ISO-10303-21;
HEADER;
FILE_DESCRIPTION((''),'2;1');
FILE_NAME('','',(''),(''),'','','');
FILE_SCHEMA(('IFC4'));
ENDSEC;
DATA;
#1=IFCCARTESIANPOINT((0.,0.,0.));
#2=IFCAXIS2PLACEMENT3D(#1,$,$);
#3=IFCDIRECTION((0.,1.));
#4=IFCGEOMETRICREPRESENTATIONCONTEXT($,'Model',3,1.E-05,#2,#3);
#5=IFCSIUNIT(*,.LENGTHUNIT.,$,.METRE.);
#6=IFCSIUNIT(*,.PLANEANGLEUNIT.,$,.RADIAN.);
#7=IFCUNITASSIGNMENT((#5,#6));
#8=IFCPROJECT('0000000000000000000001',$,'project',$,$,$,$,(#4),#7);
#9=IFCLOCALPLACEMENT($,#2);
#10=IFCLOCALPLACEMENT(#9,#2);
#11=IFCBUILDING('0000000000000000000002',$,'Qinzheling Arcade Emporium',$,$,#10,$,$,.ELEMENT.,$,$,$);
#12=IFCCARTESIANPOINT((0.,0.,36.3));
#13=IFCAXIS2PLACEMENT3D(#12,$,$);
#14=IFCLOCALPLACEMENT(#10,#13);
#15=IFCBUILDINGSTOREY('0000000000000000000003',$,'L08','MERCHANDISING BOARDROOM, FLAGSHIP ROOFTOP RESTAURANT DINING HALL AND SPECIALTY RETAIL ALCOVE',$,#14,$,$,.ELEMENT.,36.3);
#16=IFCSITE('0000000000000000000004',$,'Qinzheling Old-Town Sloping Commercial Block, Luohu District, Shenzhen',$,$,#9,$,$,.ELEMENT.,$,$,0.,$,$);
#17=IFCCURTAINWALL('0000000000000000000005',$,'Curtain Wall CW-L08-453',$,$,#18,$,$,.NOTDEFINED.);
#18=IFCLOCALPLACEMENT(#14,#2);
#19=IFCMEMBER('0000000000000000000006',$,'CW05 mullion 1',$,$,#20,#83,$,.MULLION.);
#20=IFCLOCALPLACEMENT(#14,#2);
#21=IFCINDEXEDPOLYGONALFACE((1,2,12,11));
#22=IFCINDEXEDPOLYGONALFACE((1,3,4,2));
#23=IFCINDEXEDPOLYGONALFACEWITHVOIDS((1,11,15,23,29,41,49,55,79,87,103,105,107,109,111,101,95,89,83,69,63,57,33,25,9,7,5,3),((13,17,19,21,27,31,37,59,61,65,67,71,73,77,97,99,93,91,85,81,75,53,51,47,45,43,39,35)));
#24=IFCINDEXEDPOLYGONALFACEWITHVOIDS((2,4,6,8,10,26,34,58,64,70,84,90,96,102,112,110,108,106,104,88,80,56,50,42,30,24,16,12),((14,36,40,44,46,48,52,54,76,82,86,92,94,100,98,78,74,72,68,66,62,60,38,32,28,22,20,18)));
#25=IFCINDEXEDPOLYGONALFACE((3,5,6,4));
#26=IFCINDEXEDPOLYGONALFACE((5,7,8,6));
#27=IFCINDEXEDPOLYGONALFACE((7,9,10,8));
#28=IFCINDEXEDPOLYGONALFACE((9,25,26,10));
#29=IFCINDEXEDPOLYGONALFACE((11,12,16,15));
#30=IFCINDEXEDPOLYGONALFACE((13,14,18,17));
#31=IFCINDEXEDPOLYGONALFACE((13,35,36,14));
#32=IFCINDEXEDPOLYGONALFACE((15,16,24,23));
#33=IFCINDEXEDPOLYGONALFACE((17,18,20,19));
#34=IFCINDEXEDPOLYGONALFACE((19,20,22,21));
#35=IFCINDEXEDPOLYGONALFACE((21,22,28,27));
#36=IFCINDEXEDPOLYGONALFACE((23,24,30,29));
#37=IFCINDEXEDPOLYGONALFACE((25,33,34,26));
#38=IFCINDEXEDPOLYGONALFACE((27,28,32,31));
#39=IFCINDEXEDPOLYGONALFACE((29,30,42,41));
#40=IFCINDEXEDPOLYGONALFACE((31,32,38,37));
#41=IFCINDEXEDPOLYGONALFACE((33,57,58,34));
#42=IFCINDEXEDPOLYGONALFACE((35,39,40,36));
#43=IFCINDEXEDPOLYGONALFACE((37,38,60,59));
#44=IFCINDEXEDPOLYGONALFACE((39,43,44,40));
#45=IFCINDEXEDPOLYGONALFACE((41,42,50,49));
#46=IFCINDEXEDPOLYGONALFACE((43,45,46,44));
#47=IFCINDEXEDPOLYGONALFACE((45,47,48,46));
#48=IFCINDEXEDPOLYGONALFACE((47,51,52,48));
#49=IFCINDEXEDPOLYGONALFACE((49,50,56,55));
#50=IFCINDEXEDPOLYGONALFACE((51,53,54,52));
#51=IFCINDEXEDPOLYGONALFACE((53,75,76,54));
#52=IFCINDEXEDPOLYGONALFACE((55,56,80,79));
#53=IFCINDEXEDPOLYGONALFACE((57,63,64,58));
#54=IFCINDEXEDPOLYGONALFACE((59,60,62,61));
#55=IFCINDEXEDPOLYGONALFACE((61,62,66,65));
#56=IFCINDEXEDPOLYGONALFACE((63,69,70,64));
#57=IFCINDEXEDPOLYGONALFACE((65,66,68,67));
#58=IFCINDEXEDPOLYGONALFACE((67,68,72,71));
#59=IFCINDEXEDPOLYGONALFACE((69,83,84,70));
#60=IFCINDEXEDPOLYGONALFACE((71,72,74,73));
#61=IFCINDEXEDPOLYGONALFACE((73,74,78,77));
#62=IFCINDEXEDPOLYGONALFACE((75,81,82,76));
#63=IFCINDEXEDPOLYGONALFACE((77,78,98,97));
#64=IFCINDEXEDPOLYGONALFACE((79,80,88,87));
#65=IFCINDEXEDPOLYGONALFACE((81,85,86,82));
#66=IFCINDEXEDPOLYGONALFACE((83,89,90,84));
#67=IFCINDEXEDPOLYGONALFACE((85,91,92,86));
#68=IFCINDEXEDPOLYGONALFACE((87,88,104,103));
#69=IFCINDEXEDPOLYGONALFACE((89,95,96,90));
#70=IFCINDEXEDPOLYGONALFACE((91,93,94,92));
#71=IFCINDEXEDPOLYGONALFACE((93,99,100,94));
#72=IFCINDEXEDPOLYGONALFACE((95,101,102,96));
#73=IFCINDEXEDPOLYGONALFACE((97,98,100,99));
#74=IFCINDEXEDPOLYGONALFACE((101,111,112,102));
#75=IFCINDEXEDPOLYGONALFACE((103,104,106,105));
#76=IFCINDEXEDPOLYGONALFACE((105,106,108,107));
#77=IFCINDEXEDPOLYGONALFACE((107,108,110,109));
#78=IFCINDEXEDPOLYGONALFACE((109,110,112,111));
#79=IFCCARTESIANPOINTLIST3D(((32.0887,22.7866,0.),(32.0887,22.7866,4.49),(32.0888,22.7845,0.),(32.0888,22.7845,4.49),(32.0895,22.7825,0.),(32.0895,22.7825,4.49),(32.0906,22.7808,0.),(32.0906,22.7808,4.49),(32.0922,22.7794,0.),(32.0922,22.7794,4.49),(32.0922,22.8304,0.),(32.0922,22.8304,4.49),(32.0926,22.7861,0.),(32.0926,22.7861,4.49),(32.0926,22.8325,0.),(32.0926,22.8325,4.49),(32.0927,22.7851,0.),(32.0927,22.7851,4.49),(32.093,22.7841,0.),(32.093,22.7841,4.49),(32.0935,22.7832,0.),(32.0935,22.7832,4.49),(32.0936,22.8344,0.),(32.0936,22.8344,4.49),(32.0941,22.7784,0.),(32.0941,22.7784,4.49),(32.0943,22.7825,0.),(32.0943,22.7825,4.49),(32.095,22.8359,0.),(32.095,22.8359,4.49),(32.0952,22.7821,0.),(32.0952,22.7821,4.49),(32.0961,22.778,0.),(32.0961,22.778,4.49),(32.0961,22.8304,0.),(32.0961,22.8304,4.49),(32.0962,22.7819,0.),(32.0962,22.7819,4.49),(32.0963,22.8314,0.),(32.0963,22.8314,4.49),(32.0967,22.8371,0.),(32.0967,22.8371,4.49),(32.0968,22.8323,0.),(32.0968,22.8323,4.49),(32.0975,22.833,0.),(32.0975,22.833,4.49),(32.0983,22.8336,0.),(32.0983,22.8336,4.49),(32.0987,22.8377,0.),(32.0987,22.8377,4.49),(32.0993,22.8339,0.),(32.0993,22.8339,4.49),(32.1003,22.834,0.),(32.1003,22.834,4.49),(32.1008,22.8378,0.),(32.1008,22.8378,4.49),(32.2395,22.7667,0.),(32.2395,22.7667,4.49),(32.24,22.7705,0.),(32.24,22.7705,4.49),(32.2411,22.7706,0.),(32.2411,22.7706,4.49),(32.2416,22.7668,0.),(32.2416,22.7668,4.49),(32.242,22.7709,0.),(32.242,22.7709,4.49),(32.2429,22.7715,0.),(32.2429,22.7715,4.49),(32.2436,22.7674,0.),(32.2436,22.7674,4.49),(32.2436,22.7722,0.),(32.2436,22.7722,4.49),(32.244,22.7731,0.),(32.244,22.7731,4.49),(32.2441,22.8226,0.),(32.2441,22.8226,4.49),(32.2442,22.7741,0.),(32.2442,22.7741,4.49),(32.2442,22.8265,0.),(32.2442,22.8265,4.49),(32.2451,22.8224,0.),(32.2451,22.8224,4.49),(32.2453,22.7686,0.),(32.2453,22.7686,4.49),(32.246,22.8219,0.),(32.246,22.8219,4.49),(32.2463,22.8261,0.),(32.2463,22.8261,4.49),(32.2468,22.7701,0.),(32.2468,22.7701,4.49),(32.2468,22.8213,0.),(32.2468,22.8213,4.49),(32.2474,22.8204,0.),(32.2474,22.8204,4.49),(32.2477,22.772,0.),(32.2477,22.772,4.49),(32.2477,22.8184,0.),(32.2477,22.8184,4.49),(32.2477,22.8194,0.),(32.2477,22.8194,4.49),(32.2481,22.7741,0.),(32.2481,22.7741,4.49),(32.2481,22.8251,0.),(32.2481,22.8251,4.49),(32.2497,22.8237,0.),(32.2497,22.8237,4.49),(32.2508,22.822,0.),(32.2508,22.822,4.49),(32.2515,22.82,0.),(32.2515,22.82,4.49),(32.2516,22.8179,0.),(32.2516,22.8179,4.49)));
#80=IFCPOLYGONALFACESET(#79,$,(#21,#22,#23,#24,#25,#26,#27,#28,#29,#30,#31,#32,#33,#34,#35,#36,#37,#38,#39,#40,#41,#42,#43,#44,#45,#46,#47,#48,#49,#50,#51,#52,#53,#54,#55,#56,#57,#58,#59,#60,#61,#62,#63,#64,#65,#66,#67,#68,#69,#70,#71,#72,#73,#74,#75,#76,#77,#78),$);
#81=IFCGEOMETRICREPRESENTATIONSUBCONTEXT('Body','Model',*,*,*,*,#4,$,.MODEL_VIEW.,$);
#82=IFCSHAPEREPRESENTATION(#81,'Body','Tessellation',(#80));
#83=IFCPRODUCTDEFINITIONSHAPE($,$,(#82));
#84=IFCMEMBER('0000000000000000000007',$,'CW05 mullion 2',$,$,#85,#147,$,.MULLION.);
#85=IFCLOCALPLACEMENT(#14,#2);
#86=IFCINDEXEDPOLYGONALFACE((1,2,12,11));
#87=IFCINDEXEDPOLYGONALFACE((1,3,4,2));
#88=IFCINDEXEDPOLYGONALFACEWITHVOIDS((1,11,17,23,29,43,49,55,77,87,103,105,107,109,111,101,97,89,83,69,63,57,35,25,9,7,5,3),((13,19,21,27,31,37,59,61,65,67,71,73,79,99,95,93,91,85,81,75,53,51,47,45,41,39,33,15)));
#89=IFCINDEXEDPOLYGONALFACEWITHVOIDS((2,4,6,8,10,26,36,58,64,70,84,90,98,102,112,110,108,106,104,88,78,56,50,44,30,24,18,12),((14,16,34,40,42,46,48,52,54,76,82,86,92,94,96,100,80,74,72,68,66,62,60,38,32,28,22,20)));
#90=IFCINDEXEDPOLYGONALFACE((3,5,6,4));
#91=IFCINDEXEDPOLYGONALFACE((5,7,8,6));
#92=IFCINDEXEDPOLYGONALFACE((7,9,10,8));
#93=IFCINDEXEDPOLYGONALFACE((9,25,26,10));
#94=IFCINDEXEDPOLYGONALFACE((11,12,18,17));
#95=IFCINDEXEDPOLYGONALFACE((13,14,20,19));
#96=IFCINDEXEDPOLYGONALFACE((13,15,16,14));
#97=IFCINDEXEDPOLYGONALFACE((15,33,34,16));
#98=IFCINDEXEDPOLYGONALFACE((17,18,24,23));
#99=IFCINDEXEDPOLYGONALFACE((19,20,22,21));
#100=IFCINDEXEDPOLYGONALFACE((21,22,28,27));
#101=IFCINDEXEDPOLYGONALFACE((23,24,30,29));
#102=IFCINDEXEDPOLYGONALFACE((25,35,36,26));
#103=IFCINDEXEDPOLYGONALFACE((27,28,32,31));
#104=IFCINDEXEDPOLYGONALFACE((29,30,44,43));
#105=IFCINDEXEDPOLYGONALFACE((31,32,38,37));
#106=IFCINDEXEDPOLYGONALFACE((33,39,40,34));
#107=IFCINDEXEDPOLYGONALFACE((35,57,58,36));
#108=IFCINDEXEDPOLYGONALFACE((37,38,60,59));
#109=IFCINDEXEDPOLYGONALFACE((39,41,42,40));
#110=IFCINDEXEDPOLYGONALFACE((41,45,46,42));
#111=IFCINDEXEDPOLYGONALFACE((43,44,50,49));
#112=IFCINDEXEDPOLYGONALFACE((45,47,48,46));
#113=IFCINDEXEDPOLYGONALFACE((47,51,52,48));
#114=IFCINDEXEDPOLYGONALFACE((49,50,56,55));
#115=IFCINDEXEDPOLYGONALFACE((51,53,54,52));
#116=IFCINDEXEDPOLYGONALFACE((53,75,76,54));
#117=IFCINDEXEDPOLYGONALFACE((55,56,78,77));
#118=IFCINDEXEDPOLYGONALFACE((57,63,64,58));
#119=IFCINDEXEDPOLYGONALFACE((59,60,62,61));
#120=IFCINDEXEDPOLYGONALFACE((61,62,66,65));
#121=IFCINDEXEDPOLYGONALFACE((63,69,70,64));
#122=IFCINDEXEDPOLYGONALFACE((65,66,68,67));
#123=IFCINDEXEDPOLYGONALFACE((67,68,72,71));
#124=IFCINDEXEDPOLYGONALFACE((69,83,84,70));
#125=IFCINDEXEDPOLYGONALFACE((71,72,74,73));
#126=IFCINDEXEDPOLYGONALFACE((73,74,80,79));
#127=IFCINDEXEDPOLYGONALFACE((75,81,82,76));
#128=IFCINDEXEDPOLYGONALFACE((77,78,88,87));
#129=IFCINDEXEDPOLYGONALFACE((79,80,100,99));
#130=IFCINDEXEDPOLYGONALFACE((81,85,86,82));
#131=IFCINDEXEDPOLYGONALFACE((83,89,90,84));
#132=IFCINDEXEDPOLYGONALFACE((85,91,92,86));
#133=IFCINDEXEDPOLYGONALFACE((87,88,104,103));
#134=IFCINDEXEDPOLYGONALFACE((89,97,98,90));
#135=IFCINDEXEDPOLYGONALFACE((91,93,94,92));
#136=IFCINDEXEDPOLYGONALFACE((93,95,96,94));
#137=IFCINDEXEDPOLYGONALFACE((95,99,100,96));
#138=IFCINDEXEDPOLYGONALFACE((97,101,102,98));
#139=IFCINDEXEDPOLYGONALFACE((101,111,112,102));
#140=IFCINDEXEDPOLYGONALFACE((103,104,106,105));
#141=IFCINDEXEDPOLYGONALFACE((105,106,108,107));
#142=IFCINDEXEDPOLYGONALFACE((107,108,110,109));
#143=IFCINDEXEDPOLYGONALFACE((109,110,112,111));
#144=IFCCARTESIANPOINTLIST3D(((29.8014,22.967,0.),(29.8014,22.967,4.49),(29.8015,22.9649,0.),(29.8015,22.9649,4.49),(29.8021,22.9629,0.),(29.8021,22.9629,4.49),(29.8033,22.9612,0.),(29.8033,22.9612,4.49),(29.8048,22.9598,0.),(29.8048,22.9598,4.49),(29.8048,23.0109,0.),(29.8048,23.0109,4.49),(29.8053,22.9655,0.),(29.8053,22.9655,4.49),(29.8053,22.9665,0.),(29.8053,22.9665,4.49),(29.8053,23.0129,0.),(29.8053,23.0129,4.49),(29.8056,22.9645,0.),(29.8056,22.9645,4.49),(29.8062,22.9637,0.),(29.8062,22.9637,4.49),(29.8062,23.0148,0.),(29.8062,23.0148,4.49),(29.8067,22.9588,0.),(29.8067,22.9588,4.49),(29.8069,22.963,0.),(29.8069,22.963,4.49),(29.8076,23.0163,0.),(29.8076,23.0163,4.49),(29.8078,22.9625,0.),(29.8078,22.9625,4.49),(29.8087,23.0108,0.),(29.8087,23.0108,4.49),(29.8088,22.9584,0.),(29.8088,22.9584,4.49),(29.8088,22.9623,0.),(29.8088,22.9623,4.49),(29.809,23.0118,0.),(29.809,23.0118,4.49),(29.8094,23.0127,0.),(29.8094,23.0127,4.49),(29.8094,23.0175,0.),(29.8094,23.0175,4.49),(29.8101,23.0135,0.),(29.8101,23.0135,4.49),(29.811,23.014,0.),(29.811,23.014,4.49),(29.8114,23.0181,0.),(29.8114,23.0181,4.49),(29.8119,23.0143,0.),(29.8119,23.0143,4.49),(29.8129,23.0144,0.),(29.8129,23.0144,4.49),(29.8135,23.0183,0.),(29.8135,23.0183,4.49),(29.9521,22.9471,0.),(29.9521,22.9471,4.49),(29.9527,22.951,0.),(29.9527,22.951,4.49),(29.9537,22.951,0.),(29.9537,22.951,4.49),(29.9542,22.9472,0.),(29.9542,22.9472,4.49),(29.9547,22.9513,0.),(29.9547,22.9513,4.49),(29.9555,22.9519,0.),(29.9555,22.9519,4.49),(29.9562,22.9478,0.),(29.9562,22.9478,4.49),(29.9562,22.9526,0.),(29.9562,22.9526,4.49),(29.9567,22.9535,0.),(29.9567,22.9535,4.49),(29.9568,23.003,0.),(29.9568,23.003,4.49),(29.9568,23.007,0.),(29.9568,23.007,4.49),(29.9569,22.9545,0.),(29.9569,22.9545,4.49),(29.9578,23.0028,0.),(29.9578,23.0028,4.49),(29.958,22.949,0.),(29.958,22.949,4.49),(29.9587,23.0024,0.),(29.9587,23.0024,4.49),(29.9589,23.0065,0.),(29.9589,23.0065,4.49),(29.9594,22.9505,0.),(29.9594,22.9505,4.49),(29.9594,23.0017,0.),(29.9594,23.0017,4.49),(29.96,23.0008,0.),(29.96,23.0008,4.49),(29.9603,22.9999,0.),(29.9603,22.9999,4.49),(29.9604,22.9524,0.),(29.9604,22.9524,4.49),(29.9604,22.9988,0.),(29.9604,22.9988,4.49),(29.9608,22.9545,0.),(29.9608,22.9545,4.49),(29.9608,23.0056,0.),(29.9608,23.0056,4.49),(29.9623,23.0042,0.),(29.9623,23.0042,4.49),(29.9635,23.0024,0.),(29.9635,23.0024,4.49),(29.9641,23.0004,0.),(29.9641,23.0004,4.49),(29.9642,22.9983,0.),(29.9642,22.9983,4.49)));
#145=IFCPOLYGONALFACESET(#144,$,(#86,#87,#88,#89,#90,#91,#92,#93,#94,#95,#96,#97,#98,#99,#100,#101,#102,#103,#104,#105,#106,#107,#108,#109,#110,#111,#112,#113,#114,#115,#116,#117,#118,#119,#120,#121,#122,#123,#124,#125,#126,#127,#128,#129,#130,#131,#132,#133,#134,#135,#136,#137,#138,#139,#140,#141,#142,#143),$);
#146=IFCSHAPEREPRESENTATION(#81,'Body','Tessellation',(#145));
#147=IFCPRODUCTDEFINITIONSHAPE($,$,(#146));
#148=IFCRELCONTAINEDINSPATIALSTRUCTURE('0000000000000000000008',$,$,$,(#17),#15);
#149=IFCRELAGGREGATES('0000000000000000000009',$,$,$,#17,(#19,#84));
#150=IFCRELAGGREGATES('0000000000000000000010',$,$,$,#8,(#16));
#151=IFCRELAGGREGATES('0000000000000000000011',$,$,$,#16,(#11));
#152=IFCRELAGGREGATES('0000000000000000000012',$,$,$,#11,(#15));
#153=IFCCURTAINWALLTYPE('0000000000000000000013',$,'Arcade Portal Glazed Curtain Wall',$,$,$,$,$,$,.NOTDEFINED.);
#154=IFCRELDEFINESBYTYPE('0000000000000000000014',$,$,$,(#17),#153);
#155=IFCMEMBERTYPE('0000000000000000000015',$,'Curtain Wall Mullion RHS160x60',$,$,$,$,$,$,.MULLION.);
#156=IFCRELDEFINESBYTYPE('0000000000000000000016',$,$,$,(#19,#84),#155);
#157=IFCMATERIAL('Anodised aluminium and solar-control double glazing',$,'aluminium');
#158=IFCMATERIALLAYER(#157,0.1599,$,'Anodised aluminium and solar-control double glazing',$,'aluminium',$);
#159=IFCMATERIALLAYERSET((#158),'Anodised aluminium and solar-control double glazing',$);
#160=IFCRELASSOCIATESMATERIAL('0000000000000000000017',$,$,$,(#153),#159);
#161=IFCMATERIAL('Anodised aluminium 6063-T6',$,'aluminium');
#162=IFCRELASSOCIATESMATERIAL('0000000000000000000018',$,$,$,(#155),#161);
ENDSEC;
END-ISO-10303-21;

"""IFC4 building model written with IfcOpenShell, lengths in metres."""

from ifc_helpers import new_model, si_unit, direction, frame, origin, origin_2d, place, context, subcontext, project, spatial, hollow_rectangle, extrude, material, layer, layer_set, material_profile, profile_set, type_object, element, aggregate, save


model = new_model("IFC4")

# Units and contexts
model_context = context("Model", 3, precision=1e-05, world=origin(), true_north=direction((0.0, 1.0)))
body_context = subcontext(model_context, "Body", "Model", "MODEL_VIEW")
ifc_project = project(units=[si_unit("LENGTHUNIT", "METRE"), si_unit("PLANEANGLEUNIT", "RADIAN")], contexts=[model_context])

# Site, building, storey
site_placement = place(None, origin())
site = spatial("IfcSite", under=ifc_project, at=site_placement, Name="Qinzheling Old-Town Sloping Commercial Block, Luohu District, Shenzhen", CompositionType="ELEMENT", RefElevation=0.0)
building_placement = place(site_placement, origin())
building = spatial("IfcBuilding", under=site, at=building_placement, Name="Qinzheling Arcade Emporium", CompositionType="ELEMENT")
storey_placement = place(building_placement, frame((0.0, 0.0, 36.3)))
storey = spatial("IfcBuildingStorey", under=building, at=storey_placement, Name="L08", Description="MERCHANDISING BOARDROOM, FLAGSHIP ROOFTOP RESTAURANT DINING HALL AND SPECIALTY RETAIL ALCOVE", CompositionType="ELEMENT", Elevation=36.3)

# Curtain wall, members
ifc_material_1 = material(Name="Anodised aluminium and solar-control double glazing", Category="aluminium")
ifc_layer_1 = layer(ifc_material_1, 0.1599, Name="Anodised aluminium and solar-control double glazing", Category="aluminium")
ifc_layer_set_1 = layer_set([ifc_layer_1], Name="Anodised aluminium and solar-control double glazing")
curtain_wall_type_1 = type_object("IfcCurtainWallType", Name="Arcade Portal Glazed Curtain Wall", PredefinedType="NOTDEFINED", material=ifc_layer_set_1)
ifc_material_2 = material(Name="Anodised aluminium 6063-T6", Category="aluminium")
ifc_material_profile_1 = material_profile(ifc_material_2, hollow_rectangle(XDim=0.0601, YDim=0.1599, WallThickness=0.0039, InnerFilletRadius=0.0039, OuterFilletRadius=0.0081, at=origin_2d()), Name="RHS 160x60x4", Category="aluminium")
ifc_profile_set_1 = profile_set([ifc_material_profile_1], Name="Anodised aluminium 6063-T6")
member_type_1 = type_object("IfcMemberType", Name="Curtain Wall Mullion RHS160x60", PredefinedType="MULLION", material=ifc_profile_set_1)
curtain_wall_1_placement = place(storey_placement, origin())
curtain_wall_1 = element("IfcCurtainWall", 1, at=curtain_wall_1_placement, inside=storey, type_object=curtain_wall_type_1, Name="Curtain Wall CW-L08-453", PredefinedType="NOTDEFINED")
member_1_placement = place(storey_placement, frame((32.1702, 22.8022, 0.0), z_axis=(0.0, 0.0, 1.0), x_axis=(-0.07858, -0.996908, 0.0)))
member_1 = element("IfcMember", 2, at=member_1_placement, type_object=member_type_1, Name="CW05 mullion 1", PredefinedType="MULLION", context=body_context, shape_type="SweptSolid", body=[
    extrude(hollow_rectangle(XDim=0.0601, YDim=0.1599, WallThickness=0.0039, InnerFilletRadius=0.0039, OuterFilletRadius=0.0081, at=origin_2d()), origin(), (0.0, 0.0, 1.0), 4.49),
])
member_2_placement = place(storey_placement, frame((29.8828, 22.9827, 0.0), z_axis=(0.0, 0.0, 1.0), x_axis=(-0.07858, -0.996908, 0.0)))
member_2 = element("IfcMember", 3, at=member_2_placement, type_object=member_type_1, Name="CW05 mullion 2", PredefinedType="MULLION", context=body_context, shape_type="SweptSolid", body=[
    extrude(hollow_rectangle(XDim=0.0601, YDim=0.1599, WallThickness=0.0039, InnerFilletRadius=0.0039, OuterFilletRadius=0.0081, at=origin_2d()), origin(), (0.0, 0.0, 1.0), 4.49),
])

aggregate(curtain_wall_1, [member_1, member_2])

save(model, "model.ifc")
